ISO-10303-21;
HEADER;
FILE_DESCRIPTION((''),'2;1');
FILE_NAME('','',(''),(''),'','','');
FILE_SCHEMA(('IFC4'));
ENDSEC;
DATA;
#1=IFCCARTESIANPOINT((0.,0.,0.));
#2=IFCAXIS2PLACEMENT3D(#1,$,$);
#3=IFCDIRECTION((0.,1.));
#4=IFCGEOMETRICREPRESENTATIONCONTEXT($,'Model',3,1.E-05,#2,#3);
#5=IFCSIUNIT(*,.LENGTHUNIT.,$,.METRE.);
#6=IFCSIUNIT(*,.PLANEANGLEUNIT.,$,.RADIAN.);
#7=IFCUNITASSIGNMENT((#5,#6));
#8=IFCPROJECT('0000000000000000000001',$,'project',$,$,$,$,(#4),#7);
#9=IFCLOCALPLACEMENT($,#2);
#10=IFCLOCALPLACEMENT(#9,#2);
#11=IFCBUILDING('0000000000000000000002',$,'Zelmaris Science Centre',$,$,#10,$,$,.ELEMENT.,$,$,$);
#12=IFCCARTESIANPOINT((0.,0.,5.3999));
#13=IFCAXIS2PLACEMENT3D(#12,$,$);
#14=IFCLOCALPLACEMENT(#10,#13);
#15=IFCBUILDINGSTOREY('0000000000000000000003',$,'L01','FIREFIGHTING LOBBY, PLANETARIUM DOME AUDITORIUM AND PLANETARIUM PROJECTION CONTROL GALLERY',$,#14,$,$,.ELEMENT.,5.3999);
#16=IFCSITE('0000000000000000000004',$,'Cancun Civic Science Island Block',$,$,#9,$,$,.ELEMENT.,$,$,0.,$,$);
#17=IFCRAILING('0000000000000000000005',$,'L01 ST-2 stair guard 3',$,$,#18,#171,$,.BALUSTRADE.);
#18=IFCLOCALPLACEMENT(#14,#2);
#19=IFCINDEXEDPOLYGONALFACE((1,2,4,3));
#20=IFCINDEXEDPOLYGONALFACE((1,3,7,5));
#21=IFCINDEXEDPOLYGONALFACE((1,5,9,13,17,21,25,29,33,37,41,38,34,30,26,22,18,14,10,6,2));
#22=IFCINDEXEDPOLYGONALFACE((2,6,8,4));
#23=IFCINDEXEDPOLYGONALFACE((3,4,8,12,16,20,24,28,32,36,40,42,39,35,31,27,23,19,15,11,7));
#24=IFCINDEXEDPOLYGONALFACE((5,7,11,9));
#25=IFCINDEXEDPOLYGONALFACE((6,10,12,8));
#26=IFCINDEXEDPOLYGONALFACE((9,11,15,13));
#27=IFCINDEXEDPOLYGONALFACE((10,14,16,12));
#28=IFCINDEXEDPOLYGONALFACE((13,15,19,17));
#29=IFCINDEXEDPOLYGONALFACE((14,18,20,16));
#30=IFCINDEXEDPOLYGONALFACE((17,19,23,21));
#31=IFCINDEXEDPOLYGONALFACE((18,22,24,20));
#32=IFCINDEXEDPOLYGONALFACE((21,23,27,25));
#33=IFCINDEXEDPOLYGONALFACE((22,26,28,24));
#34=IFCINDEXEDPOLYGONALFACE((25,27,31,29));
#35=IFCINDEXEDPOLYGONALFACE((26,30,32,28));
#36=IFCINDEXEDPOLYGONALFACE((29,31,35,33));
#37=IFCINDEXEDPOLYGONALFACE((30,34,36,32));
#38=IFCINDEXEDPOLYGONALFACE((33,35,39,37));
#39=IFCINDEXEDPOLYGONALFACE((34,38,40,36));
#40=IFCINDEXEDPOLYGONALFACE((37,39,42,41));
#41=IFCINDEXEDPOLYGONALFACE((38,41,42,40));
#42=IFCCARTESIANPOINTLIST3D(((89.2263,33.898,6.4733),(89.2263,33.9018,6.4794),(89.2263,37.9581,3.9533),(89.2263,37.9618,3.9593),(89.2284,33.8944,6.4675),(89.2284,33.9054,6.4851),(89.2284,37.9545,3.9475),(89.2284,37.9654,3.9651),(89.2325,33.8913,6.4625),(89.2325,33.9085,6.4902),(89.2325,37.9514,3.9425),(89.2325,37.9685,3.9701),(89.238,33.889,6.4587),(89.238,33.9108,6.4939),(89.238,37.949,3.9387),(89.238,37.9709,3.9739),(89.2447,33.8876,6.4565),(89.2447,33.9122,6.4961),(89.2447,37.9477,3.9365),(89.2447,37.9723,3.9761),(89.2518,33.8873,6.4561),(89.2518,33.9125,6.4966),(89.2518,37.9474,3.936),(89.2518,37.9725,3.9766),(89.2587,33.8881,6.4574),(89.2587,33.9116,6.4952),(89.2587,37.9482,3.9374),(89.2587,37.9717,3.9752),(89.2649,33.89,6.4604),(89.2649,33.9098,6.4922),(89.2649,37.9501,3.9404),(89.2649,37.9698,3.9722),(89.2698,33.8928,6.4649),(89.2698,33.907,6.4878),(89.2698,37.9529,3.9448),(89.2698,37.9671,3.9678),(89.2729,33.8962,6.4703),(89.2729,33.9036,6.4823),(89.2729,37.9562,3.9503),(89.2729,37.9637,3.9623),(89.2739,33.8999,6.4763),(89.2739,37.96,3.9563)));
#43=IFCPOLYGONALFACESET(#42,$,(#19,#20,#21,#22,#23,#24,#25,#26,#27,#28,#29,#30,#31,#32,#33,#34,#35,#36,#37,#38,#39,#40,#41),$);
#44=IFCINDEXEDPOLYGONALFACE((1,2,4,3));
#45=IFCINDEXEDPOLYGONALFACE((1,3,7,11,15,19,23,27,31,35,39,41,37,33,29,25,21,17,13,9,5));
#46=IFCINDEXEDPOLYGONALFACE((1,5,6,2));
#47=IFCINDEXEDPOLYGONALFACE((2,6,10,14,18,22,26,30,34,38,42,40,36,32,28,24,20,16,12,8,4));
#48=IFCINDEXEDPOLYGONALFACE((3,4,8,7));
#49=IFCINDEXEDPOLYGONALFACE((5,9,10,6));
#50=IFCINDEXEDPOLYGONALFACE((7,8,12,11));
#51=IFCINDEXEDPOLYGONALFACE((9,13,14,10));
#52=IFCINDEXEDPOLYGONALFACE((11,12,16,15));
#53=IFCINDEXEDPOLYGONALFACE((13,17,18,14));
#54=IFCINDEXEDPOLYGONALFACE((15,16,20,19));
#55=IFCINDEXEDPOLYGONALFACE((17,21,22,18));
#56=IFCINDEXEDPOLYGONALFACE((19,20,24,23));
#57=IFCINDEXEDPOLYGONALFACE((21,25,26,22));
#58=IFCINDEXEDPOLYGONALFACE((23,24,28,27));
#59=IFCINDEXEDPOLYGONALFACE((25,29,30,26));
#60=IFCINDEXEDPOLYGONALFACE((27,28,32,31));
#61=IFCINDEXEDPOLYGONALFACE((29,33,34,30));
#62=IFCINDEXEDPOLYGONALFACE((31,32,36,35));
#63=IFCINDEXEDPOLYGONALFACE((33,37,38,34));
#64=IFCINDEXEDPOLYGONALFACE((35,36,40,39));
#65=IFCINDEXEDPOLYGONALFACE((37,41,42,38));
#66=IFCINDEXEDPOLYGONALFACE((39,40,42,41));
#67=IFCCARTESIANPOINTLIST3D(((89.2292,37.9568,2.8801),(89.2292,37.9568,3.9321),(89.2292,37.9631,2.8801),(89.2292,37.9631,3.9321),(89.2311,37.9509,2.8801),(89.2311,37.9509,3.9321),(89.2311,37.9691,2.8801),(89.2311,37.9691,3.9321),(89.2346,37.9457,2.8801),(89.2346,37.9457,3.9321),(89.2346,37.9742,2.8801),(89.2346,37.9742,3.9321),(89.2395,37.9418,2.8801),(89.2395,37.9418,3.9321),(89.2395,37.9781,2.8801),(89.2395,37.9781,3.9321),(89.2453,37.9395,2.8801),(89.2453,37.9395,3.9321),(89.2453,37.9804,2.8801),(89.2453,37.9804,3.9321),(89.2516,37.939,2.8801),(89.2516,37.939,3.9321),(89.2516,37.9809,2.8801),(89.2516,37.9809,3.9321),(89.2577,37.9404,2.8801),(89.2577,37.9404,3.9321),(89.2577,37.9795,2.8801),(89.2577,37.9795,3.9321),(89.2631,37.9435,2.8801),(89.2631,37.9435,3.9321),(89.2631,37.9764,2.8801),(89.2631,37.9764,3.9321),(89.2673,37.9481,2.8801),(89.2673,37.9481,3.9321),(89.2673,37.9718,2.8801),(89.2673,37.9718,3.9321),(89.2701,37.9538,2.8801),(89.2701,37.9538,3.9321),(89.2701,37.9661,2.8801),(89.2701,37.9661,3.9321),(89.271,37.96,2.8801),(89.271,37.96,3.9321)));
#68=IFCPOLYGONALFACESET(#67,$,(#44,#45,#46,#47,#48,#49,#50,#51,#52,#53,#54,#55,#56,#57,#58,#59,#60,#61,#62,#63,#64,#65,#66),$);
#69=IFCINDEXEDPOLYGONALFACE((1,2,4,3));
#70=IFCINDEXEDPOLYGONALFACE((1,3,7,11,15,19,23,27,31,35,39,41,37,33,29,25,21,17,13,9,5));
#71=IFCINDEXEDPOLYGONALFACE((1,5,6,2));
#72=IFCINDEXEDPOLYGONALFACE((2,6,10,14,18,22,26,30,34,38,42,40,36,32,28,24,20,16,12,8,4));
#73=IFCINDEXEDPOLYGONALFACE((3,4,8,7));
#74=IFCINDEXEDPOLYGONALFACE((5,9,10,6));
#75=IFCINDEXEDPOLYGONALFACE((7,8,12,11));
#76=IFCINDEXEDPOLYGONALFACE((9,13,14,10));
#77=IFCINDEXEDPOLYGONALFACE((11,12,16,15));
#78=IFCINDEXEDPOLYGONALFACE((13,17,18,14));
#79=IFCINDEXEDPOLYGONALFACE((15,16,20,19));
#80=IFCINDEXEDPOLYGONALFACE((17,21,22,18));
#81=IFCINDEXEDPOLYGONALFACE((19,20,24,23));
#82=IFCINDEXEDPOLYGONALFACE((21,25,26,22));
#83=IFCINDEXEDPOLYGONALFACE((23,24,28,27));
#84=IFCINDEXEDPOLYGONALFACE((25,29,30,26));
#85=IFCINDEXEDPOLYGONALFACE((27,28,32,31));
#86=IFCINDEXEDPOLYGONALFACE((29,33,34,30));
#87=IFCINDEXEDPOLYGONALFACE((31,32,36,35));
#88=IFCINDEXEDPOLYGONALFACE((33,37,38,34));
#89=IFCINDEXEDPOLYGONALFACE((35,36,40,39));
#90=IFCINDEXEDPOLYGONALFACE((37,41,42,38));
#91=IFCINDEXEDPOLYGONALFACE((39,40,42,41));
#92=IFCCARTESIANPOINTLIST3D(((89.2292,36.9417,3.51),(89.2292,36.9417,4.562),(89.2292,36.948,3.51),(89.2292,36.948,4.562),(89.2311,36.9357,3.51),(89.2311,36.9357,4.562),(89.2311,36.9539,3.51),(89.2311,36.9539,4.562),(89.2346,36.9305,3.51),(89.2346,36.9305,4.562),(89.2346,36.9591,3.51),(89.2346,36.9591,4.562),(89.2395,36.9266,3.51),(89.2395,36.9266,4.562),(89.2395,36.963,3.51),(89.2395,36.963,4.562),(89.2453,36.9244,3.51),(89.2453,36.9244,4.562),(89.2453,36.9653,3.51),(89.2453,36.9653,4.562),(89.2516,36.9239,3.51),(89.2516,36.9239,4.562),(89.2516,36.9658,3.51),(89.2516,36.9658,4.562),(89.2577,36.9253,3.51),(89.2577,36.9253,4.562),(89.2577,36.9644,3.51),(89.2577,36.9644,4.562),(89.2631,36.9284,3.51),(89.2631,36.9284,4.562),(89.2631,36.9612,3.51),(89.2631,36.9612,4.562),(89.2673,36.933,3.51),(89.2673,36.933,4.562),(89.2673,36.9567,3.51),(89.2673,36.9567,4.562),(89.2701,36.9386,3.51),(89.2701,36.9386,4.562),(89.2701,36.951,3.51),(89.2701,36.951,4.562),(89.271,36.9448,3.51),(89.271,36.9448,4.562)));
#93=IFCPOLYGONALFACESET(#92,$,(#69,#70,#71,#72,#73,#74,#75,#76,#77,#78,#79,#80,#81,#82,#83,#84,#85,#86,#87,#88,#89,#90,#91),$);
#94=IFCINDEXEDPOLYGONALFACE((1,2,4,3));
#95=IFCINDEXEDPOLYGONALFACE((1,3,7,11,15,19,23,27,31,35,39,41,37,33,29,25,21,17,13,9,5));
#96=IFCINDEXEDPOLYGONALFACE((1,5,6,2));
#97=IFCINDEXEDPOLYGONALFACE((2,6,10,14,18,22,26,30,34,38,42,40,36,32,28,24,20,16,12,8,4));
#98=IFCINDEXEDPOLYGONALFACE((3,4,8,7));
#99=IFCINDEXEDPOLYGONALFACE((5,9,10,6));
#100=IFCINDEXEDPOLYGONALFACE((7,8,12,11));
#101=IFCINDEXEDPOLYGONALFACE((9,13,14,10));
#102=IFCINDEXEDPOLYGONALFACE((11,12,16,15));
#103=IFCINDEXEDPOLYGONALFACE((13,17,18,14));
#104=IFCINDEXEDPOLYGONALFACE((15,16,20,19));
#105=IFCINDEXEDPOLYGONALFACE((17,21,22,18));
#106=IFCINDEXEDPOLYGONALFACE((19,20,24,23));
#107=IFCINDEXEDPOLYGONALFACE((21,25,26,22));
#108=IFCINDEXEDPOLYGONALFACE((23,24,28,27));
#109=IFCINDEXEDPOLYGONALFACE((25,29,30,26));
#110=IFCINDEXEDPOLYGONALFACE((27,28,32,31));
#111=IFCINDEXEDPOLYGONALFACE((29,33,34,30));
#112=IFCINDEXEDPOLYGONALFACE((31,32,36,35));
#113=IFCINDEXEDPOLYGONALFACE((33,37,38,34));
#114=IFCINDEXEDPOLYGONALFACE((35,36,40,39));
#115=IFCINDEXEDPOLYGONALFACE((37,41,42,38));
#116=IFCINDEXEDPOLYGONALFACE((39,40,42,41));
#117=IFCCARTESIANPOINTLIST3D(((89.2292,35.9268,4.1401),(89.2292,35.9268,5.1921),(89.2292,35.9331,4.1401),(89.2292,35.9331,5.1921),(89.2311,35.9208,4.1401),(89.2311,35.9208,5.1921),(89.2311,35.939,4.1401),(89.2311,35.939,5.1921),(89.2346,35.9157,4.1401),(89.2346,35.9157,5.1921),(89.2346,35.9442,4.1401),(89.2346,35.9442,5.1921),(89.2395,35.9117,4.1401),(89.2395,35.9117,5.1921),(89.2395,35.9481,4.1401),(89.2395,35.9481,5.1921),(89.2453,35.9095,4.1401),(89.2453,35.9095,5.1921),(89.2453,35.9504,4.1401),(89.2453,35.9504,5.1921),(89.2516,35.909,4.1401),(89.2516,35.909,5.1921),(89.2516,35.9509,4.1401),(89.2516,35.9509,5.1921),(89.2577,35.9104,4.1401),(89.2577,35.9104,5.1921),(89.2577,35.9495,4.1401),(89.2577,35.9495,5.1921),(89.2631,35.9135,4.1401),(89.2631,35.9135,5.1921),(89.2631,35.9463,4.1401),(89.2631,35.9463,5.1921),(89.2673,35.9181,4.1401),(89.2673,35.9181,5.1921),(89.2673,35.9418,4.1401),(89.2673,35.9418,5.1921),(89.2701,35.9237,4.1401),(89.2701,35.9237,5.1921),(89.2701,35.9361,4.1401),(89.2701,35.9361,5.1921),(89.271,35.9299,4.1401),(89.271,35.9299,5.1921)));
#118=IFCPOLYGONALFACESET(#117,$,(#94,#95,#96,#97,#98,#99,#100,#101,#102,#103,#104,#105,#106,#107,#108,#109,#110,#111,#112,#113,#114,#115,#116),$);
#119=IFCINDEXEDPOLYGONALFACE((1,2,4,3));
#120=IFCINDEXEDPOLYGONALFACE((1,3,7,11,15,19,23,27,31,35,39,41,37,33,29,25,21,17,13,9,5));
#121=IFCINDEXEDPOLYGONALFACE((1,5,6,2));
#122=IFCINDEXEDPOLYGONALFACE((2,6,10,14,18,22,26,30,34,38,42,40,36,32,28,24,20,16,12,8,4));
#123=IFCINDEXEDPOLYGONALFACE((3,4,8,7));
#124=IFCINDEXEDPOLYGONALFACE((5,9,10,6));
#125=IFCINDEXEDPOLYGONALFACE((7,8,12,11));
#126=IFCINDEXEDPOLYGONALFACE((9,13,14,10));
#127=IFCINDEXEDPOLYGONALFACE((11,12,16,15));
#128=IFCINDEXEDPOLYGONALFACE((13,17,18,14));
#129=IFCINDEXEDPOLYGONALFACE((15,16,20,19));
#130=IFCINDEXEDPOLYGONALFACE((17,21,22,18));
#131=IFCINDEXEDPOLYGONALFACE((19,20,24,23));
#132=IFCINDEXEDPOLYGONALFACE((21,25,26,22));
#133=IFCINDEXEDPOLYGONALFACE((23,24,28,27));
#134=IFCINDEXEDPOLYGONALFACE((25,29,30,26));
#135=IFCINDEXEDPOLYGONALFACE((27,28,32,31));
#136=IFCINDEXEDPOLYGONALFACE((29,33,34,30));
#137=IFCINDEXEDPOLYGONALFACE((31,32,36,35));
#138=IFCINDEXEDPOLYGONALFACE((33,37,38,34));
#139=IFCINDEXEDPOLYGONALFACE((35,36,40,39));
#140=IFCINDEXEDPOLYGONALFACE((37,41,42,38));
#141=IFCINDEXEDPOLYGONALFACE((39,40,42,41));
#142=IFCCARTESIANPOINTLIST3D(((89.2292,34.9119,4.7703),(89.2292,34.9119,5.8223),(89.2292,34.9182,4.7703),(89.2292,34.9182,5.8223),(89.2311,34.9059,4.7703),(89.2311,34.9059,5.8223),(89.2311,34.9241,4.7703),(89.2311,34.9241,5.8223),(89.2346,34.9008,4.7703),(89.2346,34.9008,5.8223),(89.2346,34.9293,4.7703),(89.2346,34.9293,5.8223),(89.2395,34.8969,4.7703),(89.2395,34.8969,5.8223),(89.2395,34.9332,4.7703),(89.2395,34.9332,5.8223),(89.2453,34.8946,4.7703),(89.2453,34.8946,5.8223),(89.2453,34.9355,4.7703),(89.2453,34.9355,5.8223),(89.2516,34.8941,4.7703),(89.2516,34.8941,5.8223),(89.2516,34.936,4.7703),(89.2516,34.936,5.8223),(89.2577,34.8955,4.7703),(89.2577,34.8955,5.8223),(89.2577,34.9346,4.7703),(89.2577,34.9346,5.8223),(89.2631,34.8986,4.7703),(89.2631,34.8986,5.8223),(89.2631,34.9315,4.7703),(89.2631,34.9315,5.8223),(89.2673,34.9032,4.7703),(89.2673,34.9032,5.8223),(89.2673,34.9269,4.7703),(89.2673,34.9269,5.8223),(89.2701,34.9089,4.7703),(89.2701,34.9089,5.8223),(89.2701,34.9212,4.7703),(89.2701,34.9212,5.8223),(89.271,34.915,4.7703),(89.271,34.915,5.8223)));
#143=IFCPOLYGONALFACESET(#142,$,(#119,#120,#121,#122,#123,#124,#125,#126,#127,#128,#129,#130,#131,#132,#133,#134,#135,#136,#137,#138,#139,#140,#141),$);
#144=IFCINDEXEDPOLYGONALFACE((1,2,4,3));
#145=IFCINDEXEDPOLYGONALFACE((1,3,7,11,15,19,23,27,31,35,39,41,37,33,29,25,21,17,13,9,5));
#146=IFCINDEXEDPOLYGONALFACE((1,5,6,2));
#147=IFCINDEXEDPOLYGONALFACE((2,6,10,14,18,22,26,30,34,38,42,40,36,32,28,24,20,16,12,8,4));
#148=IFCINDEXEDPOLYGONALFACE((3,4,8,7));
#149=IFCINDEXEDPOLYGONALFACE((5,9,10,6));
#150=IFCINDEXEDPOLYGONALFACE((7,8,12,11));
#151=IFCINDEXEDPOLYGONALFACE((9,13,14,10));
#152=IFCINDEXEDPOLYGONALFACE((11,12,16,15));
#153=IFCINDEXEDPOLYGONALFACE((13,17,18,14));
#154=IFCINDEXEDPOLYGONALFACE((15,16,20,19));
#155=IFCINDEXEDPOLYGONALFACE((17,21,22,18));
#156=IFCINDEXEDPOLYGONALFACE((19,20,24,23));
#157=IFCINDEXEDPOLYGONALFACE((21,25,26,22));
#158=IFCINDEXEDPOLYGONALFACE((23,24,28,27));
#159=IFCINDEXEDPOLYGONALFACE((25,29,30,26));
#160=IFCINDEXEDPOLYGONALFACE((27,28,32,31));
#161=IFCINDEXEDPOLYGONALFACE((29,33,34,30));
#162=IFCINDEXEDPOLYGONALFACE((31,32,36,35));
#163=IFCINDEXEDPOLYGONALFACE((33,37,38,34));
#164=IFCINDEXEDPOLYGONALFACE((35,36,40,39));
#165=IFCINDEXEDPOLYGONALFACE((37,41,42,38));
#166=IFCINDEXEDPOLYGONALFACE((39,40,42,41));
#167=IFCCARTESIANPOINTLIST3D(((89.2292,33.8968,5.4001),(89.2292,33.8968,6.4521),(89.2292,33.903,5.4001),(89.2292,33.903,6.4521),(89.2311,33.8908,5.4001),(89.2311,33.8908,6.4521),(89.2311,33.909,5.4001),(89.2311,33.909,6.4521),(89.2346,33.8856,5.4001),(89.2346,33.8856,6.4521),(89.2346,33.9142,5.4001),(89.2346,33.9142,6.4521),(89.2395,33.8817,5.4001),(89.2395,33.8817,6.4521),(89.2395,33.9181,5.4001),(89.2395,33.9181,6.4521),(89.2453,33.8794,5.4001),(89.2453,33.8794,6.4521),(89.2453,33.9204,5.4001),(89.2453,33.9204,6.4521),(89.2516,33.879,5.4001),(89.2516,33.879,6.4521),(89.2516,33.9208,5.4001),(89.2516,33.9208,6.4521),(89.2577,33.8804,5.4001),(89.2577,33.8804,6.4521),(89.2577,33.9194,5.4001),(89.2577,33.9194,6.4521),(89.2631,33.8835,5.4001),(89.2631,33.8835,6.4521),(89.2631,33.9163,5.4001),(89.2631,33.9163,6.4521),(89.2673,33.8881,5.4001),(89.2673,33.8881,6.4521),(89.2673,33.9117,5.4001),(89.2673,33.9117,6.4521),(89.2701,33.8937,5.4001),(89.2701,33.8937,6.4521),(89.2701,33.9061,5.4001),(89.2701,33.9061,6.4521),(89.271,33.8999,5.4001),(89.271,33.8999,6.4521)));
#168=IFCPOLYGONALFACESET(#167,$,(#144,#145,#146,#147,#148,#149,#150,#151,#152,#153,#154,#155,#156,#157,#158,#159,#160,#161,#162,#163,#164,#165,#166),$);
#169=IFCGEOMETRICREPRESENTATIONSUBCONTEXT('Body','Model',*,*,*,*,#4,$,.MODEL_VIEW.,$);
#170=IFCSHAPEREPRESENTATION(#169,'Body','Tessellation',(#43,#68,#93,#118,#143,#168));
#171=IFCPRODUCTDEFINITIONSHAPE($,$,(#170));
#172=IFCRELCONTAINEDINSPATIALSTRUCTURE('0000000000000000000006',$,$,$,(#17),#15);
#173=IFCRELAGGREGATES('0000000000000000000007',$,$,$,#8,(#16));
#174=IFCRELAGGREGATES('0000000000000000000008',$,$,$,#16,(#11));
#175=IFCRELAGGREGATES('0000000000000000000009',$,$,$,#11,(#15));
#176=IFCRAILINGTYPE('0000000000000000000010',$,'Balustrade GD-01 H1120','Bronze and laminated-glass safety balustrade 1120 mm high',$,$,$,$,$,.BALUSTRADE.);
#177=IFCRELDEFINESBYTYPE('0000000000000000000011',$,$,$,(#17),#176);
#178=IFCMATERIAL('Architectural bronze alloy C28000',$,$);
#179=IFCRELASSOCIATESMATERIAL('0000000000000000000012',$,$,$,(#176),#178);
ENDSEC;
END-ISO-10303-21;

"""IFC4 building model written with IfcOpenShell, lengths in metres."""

from ifc_helpers import new_model, si_unit, direction, frame, origin, origin_2d, place, context, subcontext, project, spatial, circle, extrude, material, type_object, element, save


model = new_model("IFC4")

# Units and contexts
model_context = context("Model", 3, precision=1e-05, world=origin(), true_north=direction((0.0, 1.0)))
body_context = subcontext(model_context, "Body", "Model", "MODEL_VIEW")
ifc_project = project(units=[si_unit("LENGTHUNIT", "METRE"), si_unit("PLANEANGLEUNIT", "RADIAN")], contexts=[model_context])

# Site, building, storey
site_placement = place(None, origin())
site = spatial("IfcSite", under=ifc_project, at=site_placement, Name="Cancun Civic Science Island Block", CompositionType="ELEMENT", RefElevation=0.0)
building_placement = place(site_placement, origin())
building = spatial("IfcBuilding", under=site, at=building_placement, Name="Zelmaris Science Centre", CompositionType="ELEMENT")
storey_placement = place(building_placement, frame((0.0, 0.0, 5.3999)))
storey = spatial("IfcBuildingStorey", under=building, at=storey_placement, Name="L01", Description="FIREFIGHTING LOBBY, PLANETARIUM DOME AUDITORIUM AND PLANETARIUM PROJECTION CONTROL GALLERY", CompositionType="ELEMENT", Elevation=5.3999)

# Railing
ifc_material_1 = material(Name="Architectural bronze alloy C28000")
railing_type_1 = type_object("IfcRailingType", Name="Balustrade GD-01 H1120", Description="Bronze and laminated-glass safety balustrade 1120 mm high", PredefinedType="BALUSTRADE", material=ifc_material_1)
railing_1_placement = place(storey_placement, frame((89.25, 37.96, 2.8801)))
element("IfcRailing", 1, at=railing_1_placement, inside=storey, type_object=railing_type_1, Name="L01 ST-2 stair guard 3", PredefinedType="BALUSTRADE", context=body_context, shape_type="SweptSolid", body=[
    extrude(circle(Radius=0.0239, at=origin_2d()), frame((0.0, 0.0, 1.0762), z_axis=(0.0, -0.849642, 0.52736), x_axis=(1.0, 0.0, 0.0)), (0.0, 0.0, 1.0), 4.7786),
    extrude(circle(Radius=0.021, at=origin_2d()), origin(), (0.0, 0.0, 1.0), 1.052),
    extrude(circle(Radius=0.021, at=origin_2d()), frame((0.0, -1.0151, 0.6299)), (0.0, 0.0, 1.0), 1.052),
    extrude(circle(Radius=0.021, at=origin_2d()), frame((0.0, -2.03, 1.26)), (0.0, 0.0, 1.0), 1.052),
    extrude(circle(Radius=0.021, at=origin_2d()), frame((0.0, -3.0449, 1.8901)), (0.0, 0.0, 1.0), 1.052),
    extrude(circle(Radius=0.021, at=origin_2d()), frame((0.0, -4.0601, 2.52)), (0.0, 0.0, 1.0), 1.052),
])

save(model, "model.ifc")
